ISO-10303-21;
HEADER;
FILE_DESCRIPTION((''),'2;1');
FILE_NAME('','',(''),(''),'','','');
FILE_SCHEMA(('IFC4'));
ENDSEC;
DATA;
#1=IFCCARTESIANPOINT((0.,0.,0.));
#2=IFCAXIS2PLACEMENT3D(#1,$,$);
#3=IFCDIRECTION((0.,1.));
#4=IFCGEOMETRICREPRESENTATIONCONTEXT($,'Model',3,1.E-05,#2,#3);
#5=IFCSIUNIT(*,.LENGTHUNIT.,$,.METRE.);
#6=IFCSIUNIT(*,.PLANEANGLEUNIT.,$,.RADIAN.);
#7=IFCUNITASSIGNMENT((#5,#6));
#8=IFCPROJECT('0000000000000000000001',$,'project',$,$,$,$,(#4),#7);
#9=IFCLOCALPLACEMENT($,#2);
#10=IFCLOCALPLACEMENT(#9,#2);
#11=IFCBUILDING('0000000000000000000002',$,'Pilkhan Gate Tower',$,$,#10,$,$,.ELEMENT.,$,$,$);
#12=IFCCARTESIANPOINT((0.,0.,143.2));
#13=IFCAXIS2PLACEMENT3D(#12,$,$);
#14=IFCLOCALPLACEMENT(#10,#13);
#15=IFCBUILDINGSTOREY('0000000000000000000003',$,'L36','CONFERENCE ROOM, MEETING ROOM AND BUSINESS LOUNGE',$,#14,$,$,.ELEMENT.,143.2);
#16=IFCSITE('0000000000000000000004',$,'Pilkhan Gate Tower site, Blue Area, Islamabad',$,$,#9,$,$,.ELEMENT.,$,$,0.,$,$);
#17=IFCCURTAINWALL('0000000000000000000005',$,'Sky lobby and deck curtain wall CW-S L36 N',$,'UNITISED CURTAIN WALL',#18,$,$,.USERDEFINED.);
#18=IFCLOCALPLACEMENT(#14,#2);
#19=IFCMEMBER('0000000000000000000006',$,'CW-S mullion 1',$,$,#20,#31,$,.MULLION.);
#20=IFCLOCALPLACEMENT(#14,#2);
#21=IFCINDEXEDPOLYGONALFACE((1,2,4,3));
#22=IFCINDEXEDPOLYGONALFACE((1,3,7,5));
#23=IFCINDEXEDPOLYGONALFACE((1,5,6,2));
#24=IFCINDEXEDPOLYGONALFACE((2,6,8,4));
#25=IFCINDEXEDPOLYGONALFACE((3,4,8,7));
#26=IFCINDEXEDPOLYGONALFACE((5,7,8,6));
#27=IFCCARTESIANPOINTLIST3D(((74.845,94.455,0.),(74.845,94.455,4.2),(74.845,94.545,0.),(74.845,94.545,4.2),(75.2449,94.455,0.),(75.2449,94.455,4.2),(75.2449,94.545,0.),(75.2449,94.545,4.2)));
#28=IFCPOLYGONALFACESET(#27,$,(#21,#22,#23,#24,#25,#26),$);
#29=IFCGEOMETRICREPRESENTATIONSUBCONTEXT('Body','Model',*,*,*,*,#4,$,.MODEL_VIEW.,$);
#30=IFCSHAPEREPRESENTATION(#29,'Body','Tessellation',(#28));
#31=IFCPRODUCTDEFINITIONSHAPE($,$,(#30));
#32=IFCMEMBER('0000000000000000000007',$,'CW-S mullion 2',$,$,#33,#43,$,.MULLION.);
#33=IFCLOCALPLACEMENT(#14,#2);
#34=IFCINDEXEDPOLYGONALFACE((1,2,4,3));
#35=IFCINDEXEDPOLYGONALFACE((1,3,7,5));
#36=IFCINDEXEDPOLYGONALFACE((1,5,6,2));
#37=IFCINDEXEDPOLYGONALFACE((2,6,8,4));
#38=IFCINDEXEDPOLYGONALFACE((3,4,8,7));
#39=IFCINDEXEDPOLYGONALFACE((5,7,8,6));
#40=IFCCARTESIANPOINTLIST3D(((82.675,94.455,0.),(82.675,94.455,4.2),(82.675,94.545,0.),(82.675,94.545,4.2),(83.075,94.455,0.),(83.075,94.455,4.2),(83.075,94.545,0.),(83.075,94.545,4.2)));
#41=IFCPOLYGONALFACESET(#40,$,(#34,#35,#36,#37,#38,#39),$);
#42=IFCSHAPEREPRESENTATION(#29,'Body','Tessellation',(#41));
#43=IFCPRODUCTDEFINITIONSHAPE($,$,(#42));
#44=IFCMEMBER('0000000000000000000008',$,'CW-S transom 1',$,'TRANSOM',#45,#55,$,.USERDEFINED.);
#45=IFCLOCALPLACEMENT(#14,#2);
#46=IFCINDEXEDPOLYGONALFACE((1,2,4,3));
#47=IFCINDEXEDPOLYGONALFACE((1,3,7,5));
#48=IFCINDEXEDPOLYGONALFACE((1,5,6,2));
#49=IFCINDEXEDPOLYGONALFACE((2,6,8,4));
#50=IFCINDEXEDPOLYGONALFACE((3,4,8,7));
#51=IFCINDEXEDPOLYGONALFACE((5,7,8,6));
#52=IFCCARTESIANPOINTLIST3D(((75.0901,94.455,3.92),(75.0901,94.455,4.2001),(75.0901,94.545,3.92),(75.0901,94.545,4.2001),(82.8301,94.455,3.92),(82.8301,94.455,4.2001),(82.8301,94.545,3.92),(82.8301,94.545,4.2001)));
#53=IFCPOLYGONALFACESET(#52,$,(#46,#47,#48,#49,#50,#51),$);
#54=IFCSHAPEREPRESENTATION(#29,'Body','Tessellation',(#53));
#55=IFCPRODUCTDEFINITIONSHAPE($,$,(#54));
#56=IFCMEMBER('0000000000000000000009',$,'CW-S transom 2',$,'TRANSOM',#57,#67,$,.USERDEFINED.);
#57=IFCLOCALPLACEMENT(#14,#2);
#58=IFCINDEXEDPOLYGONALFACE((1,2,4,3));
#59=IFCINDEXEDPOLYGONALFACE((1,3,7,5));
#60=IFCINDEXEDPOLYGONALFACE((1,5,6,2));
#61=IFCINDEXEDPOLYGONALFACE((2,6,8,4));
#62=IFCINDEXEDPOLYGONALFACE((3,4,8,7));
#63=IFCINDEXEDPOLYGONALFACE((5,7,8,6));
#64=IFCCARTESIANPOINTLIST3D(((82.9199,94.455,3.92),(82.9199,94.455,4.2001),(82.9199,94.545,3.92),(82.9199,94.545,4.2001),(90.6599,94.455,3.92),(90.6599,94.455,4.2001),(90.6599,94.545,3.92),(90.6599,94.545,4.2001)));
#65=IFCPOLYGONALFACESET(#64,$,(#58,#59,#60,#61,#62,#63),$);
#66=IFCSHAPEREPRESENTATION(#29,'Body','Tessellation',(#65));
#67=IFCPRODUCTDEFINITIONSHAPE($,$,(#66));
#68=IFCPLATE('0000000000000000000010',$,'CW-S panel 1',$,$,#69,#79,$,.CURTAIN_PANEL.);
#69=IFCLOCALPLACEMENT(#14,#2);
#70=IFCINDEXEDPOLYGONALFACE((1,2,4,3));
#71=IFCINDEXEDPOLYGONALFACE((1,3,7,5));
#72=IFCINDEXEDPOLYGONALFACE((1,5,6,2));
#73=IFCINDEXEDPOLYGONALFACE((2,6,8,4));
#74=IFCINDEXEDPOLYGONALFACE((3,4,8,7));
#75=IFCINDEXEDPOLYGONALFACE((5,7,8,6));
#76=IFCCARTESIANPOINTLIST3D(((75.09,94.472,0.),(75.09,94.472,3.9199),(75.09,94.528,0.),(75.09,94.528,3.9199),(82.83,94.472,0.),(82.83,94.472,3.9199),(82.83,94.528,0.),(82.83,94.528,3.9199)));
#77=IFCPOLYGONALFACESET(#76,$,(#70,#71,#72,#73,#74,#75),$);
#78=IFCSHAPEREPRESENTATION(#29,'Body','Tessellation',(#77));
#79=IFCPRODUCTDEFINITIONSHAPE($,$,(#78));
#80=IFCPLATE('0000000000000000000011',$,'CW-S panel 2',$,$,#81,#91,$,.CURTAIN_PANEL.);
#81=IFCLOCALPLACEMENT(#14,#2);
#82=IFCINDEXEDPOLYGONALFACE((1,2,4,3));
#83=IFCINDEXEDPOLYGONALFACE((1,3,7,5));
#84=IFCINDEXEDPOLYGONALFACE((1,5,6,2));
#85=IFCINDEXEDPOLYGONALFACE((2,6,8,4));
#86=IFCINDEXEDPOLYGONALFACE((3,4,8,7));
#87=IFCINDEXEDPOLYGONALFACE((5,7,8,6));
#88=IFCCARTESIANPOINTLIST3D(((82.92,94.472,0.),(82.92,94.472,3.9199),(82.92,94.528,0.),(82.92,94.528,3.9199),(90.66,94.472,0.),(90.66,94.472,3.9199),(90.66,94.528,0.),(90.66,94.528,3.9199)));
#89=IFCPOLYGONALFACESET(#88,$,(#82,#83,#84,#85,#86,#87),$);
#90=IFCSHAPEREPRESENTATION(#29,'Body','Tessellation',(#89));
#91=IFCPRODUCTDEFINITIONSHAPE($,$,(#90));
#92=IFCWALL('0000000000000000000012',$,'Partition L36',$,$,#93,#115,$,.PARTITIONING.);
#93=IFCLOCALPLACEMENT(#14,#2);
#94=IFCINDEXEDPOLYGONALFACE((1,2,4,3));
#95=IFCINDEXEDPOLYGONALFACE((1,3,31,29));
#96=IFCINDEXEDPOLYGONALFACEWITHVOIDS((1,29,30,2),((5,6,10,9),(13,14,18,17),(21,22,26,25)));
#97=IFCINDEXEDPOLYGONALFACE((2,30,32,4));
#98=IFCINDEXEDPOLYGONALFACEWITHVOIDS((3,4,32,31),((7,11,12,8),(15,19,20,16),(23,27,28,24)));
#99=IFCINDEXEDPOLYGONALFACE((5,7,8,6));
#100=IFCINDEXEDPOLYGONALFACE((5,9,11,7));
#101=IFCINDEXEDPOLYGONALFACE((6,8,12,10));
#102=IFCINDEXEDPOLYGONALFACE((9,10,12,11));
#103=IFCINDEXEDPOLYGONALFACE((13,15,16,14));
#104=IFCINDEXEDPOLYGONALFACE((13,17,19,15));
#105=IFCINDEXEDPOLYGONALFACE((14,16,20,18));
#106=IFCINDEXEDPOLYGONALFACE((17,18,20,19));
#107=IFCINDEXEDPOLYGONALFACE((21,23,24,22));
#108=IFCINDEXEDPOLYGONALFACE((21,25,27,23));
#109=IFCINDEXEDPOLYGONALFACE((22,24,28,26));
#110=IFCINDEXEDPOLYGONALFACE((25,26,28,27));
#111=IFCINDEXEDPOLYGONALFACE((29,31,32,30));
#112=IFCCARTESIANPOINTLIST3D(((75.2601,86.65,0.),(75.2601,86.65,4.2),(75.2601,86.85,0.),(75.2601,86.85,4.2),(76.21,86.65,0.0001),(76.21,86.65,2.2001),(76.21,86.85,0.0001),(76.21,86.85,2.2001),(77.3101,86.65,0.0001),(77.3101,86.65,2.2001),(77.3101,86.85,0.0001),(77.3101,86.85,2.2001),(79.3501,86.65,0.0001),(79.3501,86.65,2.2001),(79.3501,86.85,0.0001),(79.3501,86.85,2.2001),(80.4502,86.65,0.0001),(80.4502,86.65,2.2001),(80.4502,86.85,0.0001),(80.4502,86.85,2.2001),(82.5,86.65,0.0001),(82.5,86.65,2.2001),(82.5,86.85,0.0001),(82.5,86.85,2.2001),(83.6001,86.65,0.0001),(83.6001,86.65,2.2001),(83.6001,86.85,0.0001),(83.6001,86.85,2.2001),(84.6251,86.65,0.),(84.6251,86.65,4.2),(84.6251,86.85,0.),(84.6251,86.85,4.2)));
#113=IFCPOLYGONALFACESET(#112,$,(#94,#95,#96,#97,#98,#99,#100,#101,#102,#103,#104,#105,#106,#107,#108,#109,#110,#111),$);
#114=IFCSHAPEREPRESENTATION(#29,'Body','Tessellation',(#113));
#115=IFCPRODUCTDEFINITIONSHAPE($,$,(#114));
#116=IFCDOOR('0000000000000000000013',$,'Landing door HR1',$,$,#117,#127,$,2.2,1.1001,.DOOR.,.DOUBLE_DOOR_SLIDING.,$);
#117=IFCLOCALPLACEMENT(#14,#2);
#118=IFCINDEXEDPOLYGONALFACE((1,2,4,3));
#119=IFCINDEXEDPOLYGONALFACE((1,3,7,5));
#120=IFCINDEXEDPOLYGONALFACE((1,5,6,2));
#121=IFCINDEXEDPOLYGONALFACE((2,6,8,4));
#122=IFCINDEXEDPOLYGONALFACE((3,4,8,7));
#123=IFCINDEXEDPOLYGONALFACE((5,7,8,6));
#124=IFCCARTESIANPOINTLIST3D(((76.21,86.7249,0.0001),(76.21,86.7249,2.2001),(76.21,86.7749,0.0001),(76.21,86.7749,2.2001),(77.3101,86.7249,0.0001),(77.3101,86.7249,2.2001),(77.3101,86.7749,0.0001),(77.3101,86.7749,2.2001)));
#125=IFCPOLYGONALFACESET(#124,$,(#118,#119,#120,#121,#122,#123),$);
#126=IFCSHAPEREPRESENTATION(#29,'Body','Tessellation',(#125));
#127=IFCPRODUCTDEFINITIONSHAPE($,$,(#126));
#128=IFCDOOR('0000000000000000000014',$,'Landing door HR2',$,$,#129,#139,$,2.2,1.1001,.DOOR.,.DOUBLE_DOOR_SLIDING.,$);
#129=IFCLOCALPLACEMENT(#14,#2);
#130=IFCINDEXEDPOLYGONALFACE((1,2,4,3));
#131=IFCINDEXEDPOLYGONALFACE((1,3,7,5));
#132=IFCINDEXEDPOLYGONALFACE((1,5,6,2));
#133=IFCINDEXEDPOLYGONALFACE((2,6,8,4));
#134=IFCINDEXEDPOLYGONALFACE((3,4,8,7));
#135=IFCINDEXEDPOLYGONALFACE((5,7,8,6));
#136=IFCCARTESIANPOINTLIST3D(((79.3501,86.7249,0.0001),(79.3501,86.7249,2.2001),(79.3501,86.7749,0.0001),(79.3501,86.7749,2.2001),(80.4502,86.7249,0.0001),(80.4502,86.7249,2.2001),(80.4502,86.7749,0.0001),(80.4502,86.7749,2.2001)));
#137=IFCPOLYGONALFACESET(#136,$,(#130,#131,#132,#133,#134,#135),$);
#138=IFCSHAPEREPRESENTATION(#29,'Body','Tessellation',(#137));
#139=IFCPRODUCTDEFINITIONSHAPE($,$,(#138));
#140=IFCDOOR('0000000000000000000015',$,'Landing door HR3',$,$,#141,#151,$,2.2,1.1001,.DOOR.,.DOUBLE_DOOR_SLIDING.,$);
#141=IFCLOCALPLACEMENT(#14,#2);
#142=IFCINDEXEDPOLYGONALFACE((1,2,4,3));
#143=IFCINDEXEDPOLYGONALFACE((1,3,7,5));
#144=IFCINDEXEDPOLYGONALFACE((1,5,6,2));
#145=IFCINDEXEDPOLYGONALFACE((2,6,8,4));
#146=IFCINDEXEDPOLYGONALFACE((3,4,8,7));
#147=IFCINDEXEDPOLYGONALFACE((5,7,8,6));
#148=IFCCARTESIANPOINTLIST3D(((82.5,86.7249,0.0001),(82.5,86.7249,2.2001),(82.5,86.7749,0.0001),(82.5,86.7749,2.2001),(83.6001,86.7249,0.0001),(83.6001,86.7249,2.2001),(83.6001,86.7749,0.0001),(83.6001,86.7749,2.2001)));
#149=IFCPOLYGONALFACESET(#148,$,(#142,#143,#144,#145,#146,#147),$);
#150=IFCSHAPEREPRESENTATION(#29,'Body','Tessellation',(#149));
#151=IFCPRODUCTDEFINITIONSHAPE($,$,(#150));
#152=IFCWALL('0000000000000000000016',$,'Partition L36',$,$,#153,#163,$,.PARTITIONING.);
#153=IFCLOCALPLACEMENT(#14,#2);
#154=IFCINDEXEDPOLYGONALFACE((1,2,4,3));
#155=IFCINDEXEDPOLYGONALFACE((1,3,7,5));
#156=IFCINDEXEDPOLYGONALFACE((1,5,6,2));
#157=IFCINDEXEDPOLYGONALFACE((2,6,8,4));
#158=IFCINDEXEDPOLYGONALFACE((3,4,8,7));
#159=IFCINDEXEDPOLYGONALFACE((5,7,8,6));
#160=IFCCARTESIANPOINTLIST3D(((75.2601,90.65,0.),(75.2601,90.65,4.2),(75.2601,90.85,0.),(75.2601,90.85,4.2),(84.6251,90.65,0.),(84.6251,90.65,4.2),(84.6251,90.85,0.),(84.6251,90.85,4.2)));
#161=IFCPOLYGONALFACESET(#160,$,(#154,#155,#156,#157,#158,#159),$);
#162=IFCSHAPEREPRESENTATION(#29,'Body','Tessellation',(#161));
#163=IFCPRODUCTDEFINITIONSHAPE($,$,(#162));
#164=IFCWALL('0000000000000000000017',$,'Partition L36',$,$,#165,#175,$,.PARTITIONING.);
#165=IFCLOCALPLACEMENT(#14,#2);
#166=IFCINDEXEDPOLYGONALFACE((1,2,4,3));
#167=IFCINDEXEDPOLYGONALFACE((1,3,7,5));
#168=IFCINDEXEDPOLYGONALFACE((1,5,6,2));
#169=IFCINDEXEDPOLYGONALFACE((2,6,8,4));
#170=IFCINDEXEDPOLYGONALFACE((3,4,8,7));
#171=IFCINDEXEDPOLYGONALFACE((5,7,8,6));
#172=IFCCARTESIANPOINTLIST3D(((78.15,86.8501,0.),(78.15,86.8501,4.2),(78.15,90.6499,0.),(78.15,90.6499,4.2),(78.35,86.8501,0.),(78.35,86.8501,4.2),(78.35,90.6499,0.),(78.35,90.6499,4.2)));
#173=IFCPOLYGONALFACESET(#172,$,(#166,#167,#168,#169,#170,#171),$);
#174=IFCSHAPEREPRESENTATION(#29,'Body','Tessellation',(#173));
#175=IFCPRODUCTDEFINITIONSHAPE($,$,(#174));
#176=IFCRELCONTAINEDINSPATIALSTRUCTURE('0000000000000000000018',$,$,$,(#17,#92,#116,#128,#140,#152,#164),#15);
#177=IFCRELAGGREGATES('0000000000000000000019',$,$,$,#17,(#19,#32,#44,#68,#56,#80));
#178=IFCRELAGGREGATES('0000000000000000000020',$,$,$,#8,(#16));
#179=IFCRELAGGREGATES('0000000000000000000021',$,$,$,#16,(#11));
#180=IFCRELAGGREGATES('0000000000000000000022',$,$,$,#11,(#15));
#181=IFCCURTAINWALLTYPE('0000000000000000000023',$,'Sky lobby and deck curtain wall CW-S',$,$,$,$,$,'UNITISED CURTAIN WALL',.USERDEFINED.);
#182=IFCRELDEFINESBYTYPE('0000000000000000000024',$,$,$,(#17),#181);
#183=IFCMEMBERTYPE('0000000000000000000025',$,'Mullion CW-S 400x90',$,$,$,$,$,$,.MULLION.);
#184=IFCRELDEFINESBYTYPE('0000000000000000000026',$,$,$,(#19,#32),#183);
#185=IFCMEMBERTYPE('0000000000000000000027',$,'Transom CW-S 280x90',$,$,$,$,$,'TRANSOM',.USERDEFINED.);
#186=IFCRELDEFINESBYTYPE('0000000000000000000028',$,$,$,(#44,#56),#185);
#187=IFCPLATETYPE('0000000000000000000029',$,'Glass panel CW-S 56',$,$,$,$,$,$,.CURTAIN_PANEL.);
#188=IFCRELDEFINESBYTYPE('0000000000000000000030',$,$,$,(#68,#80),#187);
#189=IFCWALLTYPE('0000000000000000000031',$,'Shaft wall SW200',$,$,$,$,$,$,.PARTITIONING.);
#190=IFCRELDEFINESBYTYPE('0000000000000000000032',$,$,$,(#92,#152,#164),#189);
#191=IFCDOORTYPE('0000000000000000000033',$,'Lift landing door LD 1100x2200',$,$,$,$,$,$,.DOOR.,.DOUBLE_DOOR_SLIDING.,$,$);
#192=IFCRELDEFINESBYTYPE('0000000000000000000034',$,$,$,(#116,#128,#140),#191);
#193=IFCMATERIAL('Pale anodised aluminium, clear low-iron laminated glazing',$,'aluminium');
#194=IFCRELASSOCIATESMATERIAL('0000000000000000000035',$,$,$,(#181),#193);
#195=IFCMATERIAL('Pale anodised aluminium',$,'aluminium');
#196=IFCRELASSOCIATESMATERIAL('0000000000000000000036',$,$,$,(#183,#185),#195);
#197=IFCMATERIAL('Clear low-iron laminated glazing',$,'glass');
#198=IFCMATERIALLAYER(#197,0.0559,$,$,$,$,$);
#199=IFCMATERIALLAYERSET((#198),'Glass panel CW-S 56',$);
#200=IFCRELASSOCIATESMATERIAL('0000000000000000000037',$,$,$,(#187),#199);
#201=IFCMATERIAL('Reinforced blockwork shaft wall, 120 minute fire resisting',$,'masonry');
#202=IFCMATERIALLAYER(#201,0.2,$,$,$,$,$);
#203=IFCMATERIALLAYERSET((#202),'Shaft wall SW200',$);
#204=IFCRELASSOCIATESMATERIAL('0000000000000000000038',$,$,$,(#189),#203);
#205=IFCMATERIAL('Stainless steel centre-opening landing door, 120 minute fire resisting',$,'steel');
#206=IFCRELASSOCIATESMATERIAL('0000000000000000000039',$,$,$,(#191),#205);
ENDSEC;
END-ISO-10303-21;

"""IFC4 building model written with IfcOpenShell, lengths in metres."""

from ifc_helpers import new_model, si_unit, direction, frame, frame_2d, origin, origin_2d, place, context, subcontext, project, spatial, rectangle, extrude, material, layer, layer_set, material_profile, profile_set, type_object, element, fill, aggregate, save


model = new_model("IFC4")

# Units and contexts
model_context = context("Model", 3, precision=1e-05, world=origin(), true_north=direction((0.0, 1.0)))
body_context = subcontext(model_context, "Body", "Model", "MODEL_VIEW")
ifc_project = project(units=[si_unit("LENGTHUNIT", "METRE"), si_unit("PLANEANGLEUNIT", "RADIAN")], contexts=[model_context])

# Site, building, storey
site_placement = place(None, origin())
site = spatial("IfcSite", under=ifc_project, at=site_placement, Name="Pilkhan Gate Tower site, Blue Area, Islamabad", CompositionType="ELEMENT", RefElevation=0.0)
building_placement = place(site_placement, origin())
building = spatial("IfcBuilding", under=site, at=building_placement, Name="Pilkhan Gate Tower", CompositionType="ELEMENT")
storey_placement = place(building_placement, frame((0.0, 0.0, 143.2)))
storey = spatial("IfcBuildingStorey", under=building, at=storey_placement, Name="L36", Description="CONFERENCE ROOM, MEETING ROOM AND BUSINESS LOUNGE", CompositionType="ELEMENT", Elevation=143.2)

# Curtain wall, members, plates
ifc_material_1 = material(Name="Pale anodised aluminium, clear low-iron laminated glazing", Category="aluminium")
curtain_wall_type = type_object("IfcCurtainWallType", Name="Sky lobby and deck curtain wall CW-S", ElementType="UNITISED CURTAIN WALL", PredefinedType="USERDEFINED", material=ifc_material_1)
curtain_wall_placement = place(storey_placement, origin())
curtain_wall = element("IfcCurtainWall", 1, at=curtain_wall_placement, inside=storey, type_object=curtain_wall_type, Name="Sky lobby and deck curtain wall CW-S L36 N", ObjectType="UNITISED CURTAIN WALL", PredefinedType="USERDEFINED")
ifc_material_2 = material(Name="Pale anodised aluminium", Category="aluminium")
ifc_material_profile_1 = material_profile(ifc_material_2, rectangle(XDim=0.0901, YDim=0.3999, at=origin_2d()), Name="Mullion 400x90")
ifc_profile_set_1 = profile_set([ifc_material_profile_1], Name="Pale anodised aluminium")
member_type_1 = type_object("IfcMemberType", Name="Mullion CW-S 400x90", PredefinedType="MULLION", material=ifc_profile_set_1)
member_1_placement = place(storey_placement, frame((75.0449, 94.5, 0.0), z_axis=(0.0, 0.0, 1.0), x_axis=(0.0, 1.0, 0.0)))
member_1 = element("IfcMember", 2, at=member_1_placement, type_object=member_type_1, Name="CW-S mullion 1", PredefinedType="MULLION", context=body_context, shape_type="SweptSolid", body=[
    extrude(rectangle(XDim=0.0901, YDim=0.3999, at=origin_2d()), origin(), (0.0, 0.0, 1.0), 4.2),
])
member_2_placement = place(storey_placement, frame((82.875, 94.5, 0.0), z_axis=(0.0, 0.0, 1.0), x_axis=(0.0, 1.0, 0.0)))
member_2 = element("IfcMember", 3, at=member_2_placement, type_object=member_type_1, Name="CW-S mullion 2", PredefinedType="MULLION", context=body_context, shape_type="SweptSolid", body=[
    extrude(rectangle(XDim=0.0901, YDim=0.3999, at=origin_2d()), origin(), (0.0, 0.0, 1.0), 4.2),
])
ifc_material_profile_2 = material_profile(ifc_material_2, rectangle(XDim=0.0901, YDim=0.28, at=origin_2d()), Name="Transom 280x90")
ifc_profile_set_2 = profile_set([ifc_material_profile_2], Name="Pale anodised aluminium")
member_type_2 = type_object("IfcMemberType", Name="Transom CW-S 280x90", ElementType="TRANSOM", PredefinedType="USERDEFINED", material=ifc_profile_set_2)
member_3_placement = place(storey_placement, frame((75.0901, 94.5, 4.0601), z_axis=(1.0, 0.0, 0.0), x_axis=(0.0, 1.0, 0.0)))
member_3 = element("IfcMember", 4, at=member_3_placement, type_object=member_type_2, Name="CW-S transom 1", ObjectType="TRANSOM", PredefinedType="USERDEFINED", context=body_context, shape_type="SweptSolid", body=[
    extrude(rectangle(XDim=0.0901, YDim=0.28, at=origin_2d()), origin(), (0.0, 0.0, 1.0), 7.74),
])
member_4_placement = place(storey_placement, frame((82.9199, 94.5, 4.0601), z_axis=(1.0, 0.0, 0.0), x_axis=(0.0, 1.0, 0.0)))
member_4 = element("IfcMember", 5, at=member_4_placement, type_object=member_type_2, Name="CW-S transom 2", ObjectType="TRANSOM", PredefinedType="USERDEFINED", context=body_context, shape_type="SweptSolid", body=[
    extrude(rectangle(XDim=0.0901, YDim=0.28, at=origin_2d()), origin(), (0.0, 0.0, 1.0), 7.74),
])
ifc_material_3 = material(Name="Clear low-iron laminated glazing", Category="glass")
ifc_layer_1 = layer(ifc_material_3, 0.0559)
ifc_layer_set_1 = layer_set([ifc_layer_1], Name="Glass panel CW-S 56")
plate_type = type_object("IfcPlateType", Name="Glass panel CW-S 56", PredefinedType="CURTAIN_PANEL", material=ifc_layer_set_1)
plate_1_placement = place(storey_placement, frame((78.96, 94.5, 0.0), z_axis=(0.0, 0.0, 1.0), x_axis=(1.0, 0.0, 0.0)))
plate_1 = element("IfcPlate", 6, at=plate_1_placement, type_object=plate_type, Name="CW-S panel 1", PredefinedType="CURTAIN_PANEL", context=body_context, shape_type="SweptSolid", body=[
    extrude(rectangle(XDim=7.74, YDim=0.0559, at=origin_2d()), origin(), (0.0, 0.0, 1.0), 3.9199),
])
plate_2_placement = place(storey_placement, frame((86.79, 94.5, 0.0), z_axis=(0.0, 0.0, 1.0), x_axis=(1.0, 0.0, 0.0)))
plate_2 = element("IfcPlate", 7, at=plate_2_placement, type_object=plate_type, Name="CW-S panel 2", PredefinedType="CURTAIN_PANEL", context=body_context, shape_type="SweptSolid", body=[
    extrude(rectangle(XDim=7.74, YDim=0.0559, at=origin_2d()), origin(), (0.0, 0.0, 1.0), 3.9199),
])
aggregate(curtain_wall, [member_1, member_2, member_3, plate_1, member_4, plate_2])

# Wall, openings, doors
ifc_material_4 = material(Name="Reinforced blockwork shaft wall, 120 minute fire resisting", Category="masonry")
ifc_layer_2 = layer(ifc_material_4, 0.2)
ifc_layer_set_2 = layer_set([ifc_layer_2], Name="Shaft wall SW200")
wall_type = type_object("IfcWallType", Name="Shaft wall SW200", PredefinedType="PARTITIONING", material=ifc_layer_set_2)
wall_1_placement = place(storey_placement, frame((75.26, 86.75, 0.0), z_axis=(0.0, 0.0, 1.0), x_axis=(1.0, 0.0, 0.0)))
wall_1 = element("IfcWall", 8, at=wall_1_placement, inside=storey, type_object=wall_type, Name="Partition L36", PredefinedType="PARTITIONING", context=body_context, shape_type="SweptSolid", body=[
    extrude(rectangle(XDim=9.365, YDim=0.2, at=frame_2d((4.6826, 0.0))), origin(), (0.0, 0.0, 1.0), 4.2),
])
opening_1_placement = place(wall_1_placement, frame((0.95, 0.0, 0.0)))
opening_1 = element("IfcOpeningElement", 9, at=opening_1_placement, cuts=wall_1, PredefinedType="OPENING", context=body_context, shape_type="SweptSolid", body=[
    extrude(rectangle(XDim=1.1001, YDim=2.2, at=frame_2d((0.55, 1.1001))), frame((0.0, 0.1099, 0.0), z_axis=(0.0, -1.0, 0.0), x_axis=(1.0, 0.0, 0.0)), (0.0, 0.0, 1.0), 0.22),
])
opening_2_placement = place(wall_1_placement, frame((4.0901, 0.0, 0.0)))
opening_2 = element("IfcOpeningElement", 10, at=opening_2_placement, cuts=wall_1, PredefinedType="OPENING", context=body_context, shape_type="SweptSolid", body=[
    extrude(rectangle(XDim=1.1001, YDim=2.2, at=frame_2d((0.55, 1.1001))), frame((0.0, 0.1099, 0.0), z_axis=(0.0, -1.0, 0.0), x_axis=(1.0, 0.0, 0.0)), (0.0, 0.0, 1.0), 0.22),
])
opening_3_placement = place(wall_1_placement, frame((7.24, 0.0, 0.0)))
opening_3 = element("IfcOpeningElement", 11, at=opening_3_placement, cuts=wall_1, PredefinedType="OPENING", context=body_context, shape_type="SweptSolid", body=[
    extrude(rectangle(XDim=1.1001, YDim=2.2, at=frame_2d((0.55, 1.1001))), frame((0.0, 0.1099, 0.0), z_axis=(0.0, -1.0, 0.0), x_axis=(1.0, 0.0, 0.0)), (0.0, 0.0, 1.0), 0.22),
])
ifc_material_5 = material(Name="Stainless steel centre-opening landing door, 120 minute fire resisting", Category="steel")
door_type = type_object("IfcDoorType", Name="Lift landing door LD 1100x2200", OperationType="DOUBLE_DOOR_SLIDING", PredefinedType="DOOR", material=ifc_material_5)
door_1_placement = place(opening_1_placement, origin())
door_1 = element("IfcDoor", 12, at=door_1_placement, inside=storey, type_object=door_type, Name="Landing door HR1", OperationType="DOUBLE_DOOR_SLIDING", OverallHeight=2.2, OverallWidth=1.1001, PredefinedType="DOOR", context=body_context, shape_type="SweptSolid", body=[
    extrude(rectangle(XDim=1.1001, YDim=2.2, at=frame_2d((0.55, 1.1001))), frame((0.0, 0.0249, 0.0), z_axis=(0.0, -1.0, 0.0), x_axis=(1.0, 0.0, 0.0)), (0.0, 0.0, 1.0), 0.05),
])
fill(opening_1, door_1)
door_2_placement = place(opening_2_placement, origin())
door_2 = element("IfcDoor", 13, at=door_2_placement, inside=storey, type_object=door_type, Name="Landing door HR2", OperationType="DOUBLE_DOOR_SLIDING", OverallHeight=2.2, OverallWidth=1.1001, PredefinedType="DOOR", context=body_context, shape_type="SweptSolid", body=[
    extrude(rectangle(XDim=1.1001, YDim=2.2, at=frame_2d((0.55, 1.1001))), frame((0.0, 0.0249, 0.0), z_axis=(0.0, -1.0, 0.0), x_axis=(1.0, 0.0, 0.0)), (0.0, 0.0, 1.0), 0.05),
])
fill(opening_2, door_2)
door_3_placement = place(opening_3_placement, origin())
door_3 = element("IfcDoor", 14, at=door_3_placement, inside=storey, type_object=door_type, Name="Landing door HR3", OperationType="DOUBLE_DOOR_SLIDING", OverallHeight=2.2, OverallWidth=1.1001, PredefinedType="DOOR", context=body_context, shape_type="SweptSolid", body=[
    extrude(rectangle(XDim=1.1001, YDim=2.2, at=frame_2d((0.55, 1.1001))), frame((0.0, 0.0249, 0.0), z_axis=(0.0, -1.0, 0.0), x_axis=(1.0, 0.0, 0.0)), (0.0, 0.0, 1.0), 0.05),
])
fill(opening_3, door_3)

# Walls
wall_2_placement = place(storey_placement, frame((75.26, 90.75, 0.0), z_axis=(0.0, 0.0, 1.0), x_axis=(1.0, 0.0, 0.0)))
element("IfcWall", 15, at=wall_2_placement, inside=storey, type_object=wall_type, Name="Partition L36", PredefinedType="PARTITIONING", context=body_context, shape_type="SweptSolid", body=[
    extrude(rectangle(XDim=9.365, YDim=0.2, at=frame_2d((4.6826, 0.0))), origin(), (0.0, 0.0, 1.0), 4.2),
])
for number, where, z_axis, x_axis, name in (
    (16, (78.25, 86.8501, 0.0), (0.0, 0.0, 1.0), (0.0, 1.0, 0.0), "Partition L36"),
):
    element("IfcWall", number, at=place(storey_placement, frame(where, z_axis=z_axis, x_axis=x_axis)), inside=storey, type_object=wall_type, Name=name, PredefinedType="PARTITIONING", context=body_context, shape_type="SweptSolid", body=[
        extrude(rectangle(XDim=3.7998, YDim=0.2, at=frame_2d((1.8999, 0.0))), origin(), (0.0, 0.0, 1.0), 4.2),
    ])

save(model, "model.ifc")
